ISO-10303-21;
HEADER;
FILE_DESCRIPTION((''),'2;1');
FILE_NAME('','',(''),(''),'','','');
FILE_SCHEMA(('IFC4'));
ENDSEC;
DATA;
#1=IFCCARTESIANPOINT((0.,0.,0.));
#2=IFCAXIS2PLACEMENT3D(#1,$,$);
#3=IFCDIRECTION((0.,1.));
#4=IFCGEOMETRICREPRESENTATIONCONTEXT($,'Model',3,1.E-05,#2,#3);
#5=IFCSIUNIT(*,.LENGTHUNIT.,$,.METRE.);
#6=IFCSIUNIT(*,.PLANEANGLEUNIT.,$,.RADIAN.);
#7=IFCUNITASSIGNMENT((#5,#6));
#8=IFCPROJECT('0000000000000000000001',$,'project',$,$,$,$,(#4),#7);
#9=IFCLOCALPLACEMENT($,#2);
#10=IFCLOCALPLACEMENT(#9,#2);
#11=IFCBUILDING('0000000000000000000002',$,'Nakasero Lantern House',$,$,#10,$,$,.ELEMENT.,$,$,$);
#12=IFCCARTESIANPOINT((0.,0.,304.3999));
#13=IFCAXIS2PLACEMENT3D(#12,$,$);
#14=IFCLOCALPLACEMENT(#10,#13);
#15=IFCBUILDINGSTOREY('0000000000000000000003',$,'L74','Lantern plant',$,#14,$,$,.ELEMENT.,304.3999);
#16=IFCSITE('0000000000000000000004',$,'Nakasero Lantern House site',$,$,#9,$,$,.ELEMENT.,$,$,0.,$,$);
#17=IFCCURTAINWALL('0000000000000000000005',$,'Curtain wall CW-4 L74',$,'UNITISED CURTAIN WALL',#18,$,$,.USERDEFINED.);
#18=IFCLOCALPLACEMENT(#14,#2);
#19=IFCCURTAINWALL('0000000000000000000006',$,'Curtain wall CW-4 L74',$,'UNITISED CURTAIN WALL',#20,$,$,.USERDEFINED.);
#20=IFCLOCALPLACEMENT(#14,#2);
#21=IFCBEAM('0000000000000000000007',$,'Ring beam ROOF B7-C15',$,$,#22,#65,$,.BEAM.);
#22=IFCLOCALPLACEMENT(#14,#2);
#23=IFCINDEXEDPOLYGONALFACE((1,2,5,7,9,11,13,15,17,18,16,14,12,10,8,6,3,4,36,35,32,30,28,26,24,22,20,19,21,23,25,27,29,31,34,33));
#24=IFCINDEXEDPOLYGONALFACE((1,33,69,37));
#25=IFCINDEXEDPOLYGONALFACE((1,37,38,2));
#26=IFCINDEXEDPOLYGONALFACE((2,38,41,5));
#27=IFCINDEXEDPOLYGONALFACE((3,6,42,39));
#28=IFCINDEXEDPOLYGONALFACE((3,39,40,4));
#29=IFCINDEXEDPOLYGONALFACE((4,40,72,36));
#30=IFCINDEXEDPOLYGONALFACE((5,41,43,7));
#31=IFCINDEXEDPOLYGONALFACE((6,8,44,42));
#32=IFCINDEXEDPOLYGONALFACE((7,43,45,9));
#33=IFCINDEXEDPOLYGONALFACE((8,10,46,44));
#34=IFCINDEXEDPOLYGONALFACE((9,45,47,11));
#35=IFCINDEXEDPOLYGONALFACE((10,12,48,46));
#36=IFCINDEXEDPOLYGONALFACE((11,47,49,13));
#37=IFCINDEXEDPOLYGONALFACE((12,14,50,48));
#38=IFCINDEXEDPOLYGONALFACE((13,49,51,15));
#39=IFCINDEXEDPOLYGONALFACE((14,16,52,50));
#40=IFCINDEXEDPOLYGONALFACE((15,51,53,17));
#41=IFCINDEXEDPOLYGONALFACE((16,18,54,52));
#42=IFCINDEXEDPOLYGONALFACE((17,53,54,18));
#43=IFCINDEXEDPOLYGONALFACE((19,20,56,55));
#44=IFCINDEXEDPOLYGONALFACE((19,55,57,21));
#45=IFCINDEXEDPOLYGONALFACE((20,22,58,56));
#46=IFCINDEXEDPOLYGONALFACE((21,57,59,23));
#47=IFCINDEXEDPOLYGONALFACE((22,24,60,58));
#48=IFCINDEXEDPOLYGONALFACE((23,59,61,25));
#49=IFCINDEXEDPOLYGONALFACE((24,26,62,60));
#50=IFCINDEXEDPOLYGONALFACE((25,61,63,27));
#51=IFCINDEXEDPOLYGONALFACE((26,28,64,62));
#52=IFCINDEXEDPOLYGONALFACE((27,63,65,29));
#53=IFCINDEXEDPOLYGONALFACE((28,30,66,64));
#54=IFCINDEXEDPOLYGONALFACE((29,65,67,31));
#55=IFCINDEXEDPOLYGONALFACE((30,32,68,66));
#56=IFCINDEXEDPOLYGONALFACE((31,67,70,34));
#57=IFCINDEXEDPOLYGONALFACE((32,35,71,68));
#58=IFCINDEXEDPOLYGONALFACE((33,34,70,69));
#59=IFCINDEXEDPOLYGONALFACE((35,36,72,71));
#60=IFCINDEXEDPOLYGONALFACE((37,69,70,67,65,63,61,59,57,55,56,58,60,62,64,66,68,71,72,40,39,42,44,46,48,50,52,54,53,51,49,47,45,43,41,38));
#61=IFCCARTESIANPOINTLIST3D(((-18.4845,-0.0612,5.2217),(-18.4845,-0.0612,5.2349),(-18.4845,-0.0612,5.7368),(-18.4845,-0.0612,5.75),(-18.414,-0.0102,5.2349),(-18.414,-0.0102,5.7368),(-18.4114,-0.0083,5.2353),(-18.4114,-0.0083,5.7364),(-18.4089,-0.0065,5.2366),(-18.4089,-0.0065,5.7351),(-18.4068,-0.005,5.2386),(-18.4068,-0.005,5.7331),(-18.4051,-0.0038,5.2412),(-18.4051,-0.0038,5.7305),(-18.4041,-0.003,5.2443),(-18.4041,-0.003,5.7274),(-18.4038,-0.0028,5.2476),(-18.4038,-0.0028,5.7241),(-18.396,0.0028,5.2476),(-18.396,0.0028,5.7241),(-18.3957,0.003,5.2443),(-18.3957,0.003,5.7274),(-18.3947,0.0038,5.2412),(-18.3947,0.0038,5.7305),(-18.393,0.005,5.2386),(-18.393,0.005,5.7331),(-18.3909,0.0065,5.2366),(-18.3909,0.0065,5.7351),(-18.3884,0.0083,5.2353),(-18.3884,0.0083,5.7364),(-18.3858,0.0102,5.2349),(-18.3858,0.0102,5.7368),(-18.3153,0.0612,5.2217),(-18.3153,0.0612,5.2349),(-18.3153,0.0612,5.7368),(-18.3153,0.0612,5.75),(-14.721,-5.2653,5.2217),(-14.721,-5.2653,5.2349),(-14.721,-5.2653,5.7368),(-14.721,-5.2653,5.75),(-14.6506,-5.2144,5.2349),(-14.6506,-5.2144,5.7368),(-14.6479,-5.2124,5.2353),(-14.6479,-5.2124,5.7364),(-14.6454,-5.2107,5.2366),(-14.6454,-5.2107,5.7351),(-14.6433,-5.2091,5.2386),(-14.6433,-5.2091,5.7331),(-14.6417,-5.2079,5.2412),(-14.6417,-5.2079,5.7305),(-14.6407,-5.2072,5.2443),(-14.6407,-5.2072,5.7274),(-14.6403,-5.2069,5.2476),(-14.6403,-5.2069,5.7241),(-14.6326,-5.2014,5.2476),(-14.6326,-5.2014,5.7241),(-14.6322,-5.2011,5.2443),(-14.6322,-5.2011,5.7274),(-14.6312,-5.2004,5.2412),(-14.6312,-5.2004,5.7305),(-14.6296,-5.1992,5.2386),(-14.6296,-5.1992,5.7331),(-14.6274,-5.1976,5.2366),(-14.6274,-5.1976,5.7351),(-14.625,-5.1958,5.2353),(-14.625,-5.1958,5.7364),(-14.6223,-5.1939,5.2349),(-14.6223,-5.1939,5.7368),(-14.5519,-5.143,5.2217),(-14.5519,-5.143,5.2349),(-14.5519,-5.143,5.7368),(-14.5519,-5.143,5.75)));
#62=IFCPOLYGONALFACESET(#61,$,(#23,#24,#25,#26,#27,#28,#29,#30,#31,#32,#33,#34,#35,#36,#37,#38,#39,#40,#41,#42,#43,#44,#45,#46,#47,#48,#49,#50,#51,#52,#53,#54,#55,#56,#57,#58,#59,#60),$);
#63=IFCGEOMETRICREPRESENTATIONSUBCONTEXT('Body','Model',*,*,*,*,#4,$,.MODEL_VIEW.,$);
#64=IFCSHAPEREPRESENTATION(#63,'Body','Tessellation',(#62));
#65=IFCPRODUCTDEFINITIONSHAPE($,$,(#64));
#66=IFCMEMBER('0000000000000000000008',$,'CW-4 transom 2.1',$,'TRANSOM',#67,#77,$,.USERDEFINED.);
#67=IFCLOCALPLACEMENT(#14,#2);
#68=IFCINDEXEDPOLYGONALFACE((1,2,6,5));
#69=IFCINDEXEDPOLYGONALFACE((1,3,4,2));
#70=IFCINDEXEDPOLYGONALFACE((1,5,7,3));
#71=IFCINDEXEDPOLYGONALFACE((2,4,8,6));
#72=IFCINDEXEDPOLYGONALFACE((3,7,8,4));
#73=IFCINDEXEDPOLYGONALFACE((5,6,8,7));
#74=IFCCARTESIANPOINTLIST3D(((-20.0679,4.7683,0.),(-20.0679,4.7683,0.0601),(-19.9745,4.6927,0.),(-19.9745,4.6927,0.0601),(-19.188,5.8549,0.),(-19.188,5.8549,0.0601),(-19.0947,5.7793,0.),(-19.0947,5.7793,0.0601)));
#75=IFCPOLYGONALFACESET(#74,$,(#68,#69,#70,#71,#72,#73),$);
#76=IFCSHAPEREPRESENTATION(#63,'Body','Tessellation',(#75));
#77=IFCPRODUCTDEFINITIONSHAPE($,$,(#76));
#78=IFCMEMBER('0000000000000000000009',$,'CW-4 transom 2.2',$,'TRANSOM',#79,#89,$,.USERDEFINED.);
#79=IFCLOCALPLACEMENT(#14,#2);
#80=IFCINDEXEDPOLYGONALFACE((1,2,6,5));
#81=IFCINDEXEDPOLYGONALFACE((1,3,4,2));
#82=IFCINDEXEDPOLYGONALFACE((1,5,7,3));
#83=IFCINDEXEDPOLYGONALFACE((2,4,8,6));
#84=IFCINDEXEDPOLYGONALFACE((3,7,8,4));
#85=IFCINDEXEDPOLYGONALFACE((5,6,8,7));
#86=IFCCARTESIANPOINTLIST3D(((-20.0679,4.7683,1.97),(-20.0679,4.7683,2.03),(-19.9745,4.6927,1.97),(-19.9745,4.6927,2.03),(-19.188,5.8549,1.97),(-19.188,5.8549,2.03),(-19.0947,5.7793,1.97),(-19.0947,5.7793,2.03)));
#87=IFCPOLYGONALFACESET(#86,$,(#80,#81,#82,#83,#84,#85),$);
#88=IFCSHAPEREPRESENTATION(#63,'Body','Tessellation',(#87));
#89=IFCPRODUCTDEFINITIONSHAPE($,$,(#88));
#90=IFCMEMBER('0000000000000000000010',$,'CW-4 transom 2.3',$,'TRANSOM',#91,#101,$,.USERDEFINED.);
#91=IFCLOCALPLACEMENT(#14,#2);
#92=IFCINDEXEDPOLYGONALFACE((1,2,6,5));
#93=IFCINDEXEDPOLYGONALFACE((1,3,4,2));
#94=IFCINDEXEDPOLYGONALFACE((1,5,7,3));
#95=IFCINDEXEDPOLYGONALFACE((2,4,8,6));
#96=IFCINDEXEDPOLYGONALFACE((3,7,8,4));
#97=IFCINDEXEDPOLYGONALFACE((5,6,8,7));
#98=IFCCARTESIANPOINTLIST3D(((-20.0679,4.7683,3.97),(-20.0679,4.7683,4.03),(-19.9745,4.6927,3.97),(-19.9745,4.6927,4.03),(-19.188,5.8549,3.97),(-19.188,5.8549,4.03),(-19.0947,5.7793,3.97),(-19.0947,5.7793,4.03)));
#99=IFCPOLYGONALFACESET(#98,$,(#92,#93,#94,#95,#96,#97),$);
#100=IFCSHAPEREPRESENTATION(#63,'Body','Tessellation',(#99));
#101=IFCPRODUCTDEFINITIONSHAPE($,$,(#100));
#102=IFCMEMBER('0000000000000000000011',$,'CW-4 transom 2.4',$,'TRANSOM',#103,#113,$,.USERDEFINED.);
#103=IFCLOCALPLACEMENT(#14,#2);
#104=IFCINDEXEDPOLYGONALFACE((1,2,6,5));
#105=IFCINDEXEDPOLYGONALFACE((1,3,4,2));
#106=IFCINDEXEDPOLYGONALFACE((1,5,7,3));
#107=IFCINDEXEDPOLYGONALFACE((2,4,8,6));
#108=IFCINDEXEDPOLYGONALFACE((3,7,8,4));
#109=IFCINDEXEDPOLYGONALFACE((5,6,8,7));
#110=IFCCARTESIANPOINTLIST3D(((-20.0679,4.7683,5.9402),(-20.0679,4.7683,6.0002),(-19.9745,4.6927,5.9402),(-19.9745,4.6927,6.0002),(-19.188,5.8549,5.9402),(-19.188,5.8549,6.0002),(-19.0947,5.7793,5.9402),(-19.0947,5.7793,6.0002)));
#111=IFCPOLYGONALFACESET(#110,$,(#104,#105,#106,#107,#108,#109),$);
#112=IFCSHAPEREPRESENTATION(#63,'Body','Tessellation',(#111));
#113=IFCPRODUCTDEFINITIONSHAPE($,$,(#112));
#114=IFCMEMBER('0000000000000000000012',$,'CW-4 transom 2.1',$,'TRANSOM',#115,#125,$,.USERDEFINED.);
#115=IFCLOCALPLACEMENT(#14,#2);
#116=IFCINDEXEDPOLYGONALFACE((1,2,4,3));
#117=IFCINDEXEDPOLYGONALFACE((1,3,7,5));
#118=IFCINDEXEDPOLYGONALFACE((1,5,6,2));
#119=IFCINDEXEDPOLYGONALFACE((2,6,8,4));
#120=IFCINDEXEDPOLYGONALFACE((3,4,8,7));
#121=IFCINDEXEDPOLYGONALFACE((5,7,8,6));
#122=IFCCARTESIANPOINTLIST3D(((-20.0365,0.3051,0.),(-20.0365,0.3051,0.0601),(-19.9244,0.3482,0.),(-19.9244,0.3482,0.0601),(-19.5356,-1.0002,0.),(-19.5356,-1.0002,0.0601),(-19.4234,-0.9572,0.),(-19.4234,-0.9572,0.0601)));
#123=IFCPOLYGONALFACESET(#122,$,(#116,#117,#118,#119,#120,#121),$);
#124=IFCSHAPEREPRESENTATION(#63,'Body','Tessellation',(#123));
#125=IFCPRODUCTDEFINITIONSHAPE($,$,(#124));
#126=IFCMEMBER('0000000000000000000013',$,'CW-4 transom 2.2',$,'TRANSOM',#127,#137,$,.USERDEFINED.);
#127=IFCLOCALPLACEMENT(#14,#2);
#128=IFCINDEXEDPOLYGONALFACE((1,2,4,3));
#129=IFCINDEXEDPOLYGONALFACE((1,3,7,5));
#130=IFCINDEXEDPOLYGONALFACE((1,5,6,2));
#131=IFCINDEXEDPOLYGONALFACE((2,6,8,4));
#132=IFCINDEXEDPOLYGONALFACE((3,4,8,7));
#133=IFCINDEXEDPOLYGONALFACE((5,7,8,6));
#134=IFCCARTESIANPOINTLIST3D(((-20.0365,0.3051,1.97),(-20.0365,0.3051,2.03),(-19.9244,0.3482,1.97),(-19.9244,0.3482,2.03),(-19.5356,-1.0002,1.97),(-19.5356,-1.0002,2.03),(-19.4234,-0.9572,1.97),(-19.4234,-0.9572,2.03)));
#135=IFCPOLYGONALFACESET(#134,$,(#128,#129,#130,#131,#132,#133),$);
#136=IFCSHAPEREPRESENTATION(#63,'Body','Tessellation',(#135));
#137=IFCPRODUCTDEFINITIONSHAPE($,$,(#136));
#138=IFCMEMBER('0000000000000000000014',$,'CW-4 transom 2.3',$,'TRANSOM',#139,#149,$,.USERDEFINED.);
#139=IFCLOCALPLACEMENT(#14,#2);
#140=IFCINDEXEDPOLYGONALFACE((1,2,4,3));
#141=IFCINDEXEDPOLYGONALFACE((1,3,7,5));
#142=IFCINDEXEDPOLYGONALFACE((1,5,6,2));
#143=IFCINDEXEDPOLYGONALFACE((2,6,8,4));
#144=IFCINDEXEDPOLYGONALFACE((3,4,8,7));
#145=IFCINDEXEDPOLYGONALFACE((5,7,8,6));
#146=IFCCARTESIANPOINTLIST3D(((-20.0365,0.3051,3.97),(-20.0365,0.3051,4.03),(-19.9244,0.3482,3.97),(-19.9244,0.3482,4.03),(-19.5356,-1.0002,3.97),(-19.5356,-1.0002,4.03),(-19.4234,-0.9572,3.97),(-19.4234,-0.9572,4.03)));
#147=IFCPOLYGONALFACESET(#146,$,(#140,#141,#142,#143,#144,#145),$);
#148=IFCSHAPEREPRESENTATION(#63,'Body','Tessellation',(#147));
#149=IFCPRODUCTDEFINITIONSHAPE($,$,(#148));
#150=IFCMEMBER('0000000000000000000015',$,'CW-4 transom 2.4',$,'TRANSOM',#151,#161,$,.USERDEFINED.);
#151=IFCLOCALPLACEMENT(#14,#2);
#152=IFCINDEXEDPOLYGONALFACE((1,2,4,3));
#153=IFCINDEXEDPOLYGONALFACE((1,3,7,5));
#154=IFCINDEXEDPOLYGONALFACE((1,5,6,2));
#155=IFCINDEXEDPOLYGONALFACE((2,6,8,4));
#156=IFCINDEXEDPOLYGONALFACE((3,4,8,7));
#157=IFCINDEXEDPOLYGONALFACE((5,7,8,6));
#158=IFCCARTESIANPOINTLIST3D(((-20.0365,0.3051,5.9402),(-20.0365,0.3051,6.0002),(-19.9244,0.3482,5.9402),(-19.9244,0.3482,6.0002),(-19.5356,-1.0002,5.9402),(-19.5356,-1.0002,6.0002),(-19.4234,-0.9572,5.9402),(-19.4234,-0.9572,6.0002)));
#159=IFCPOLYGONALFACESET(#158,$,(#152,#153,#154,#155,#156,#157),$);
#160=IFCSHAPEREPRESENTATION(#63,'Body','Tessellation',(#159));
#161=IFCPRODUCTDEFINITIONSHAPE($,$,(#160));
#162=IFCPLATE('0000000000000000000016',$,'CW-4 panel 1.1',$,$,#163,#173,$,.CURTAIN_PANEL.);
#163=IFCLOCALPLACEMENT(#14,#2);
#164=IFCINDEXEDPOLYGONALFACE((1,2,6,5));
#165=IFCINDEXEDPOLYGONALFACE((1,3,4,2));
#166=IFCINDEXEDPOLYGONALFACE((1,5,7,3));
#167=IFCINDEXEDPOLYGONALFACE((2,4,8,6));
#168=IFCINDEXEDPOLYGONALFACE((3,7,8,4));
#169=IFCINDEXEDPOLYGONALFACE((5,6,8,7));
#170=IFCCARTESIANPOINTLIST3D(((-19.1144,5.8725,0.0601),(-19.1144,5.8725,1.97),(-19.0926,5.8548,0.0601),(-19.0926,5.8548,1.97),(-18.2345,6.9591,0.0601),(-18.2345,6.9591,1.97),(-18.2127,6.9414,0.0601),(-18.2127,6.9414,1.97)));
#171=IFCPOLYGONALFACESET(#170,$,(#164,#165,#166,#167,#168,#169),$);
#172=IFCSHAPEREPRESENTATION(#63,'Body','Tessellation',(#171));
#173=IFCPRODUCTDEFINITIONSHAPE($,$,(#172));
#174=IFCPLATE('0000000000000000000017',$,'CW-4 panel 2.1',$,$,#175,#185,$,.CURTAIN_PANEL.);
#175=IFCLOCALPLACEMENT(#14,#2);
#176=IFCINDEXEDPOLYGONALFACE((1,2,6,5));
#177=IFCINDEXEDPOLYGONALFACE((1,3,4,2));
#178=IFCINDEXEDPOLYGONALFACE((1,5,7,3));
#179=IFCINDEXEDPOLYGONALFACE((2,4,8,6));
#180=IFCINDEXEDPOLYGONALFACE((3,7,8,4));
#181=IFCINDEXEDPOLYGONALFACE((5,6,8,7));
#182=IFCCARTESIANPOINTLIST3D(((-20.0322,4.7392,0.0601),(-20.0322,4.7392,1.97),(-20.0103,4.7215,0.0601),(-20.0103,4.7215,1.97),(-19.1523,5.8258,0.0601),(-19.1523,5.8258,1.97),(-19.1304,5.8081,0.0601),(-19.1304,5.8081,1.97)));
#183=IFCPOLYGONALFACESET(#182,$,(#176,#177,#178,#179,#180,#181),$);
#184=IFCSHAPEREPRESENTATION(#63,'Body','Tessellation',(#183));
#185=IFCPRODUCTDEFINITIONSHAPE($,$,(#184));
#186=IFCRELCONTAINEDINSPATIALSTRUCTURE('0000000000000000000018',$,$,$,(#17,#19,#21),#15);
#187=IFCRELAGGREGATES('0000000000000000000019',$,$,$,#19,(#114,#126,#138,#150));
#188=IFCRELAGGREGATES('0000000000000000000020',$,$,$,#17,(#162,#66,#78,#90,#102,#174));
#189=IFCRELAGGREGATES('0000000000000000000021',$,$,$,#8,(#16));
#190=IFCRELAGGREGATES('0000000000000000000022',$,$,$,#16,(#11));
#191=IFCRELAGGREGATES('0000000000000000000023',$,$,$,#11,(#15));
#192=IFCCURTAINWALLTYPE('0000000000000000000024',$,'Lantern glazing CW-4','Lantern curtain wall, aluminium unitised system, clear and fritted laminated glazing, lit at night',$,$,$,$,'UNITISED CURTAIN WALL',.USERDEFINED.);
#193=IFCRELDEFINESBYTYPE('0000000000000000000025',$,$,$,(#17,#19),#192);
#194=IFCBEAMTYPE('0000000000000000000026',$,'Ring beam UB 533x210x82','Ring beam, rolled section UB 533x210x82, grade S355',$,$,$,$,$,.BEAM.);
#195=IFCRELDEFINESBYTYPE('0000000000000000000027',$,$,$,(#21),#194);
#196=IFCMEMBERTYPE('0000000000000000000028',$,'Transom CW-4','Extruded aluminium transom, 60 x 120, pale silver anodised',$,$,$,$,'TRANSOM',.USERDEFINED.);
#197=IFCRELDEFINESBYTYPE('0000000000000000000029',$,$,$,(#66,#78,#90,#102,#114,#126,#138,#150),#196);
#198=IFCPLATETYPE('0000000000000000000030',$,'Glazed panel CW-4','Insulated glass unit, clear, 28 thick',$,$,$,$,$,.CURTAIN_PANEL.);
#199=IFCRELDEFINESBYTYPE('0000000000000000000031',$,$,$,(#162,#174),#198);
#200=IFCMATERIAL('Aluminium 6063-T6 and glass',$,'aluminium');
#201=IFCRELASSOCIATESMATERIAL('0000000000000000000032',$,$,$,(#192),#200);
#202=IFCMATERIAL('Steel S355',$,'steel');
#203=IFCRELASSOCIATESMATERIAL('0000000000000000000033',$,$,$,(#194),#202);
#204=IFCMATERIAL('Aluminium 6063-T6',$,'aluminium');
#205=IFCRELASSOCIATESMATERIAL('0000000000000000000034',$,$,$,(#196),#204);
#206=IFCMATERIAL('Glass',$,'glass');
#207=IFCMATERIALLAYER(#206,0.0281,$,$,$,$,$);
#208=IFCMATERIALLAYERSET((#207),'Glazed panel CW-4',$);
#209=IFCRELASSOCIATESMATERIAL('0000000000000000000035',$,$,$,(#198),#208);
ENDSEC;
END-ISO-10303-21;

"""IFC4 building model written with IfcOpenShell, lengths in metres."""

from ifc_helpers import new_model, si_unit, direction, frame, origin, origin_2d, place, context, subcontext, project, spatial, rectangle, i_section, extrude, material, layer, layer_set, material_profile, profile_set, type_object, element, aggregate, save


model = new_model("IFC4")

# Units and contexts
model_context = context("Model", 3, precision=1e-05, world=origin(), true_north=direction((0.0, 1.0)))
body_context = subcontext(model_context, "Body", "Model", "MODEL_VIEW")
ifc_project = project(units=[si_unit("LENGTHUNIT", "METRE"), si_unit("PLANEANGLEUNIT", "RADIAN")], contexts=[model_context])

# Site, building, storey
site_placement = place(None, origin())
site = spatial("IfcSite", under=ifc_project, at=site_placement, Name="Nakasero Lantern House site", CompositionType="ELEMENT", RefElevation=0.0)
building_placement = place(site_placement, origin())
building = spatial("IfcBuilding", under=site, at=building_placement, Name="Nakasero Lantern House", CompositionType="ELEMENT")
storey_placement = place(building_placement, frame((0.0, 0.0, 304.3999)))
storey = spatial("IfcBuildingStorey", under=building, at=storey_placement, Name="L74", Description="Lantern plant", CompositionType="ELEMENT", Elevation=304.3999)

# Curtain wall
ifc_material_1 = material(Name="Aluminium 6063-T6 and glass", Category="aluminium")
curtain_wall_type = type_object("IfcCurtainWallType", Name="Lantern glazing CW-4", Description="Lantern curtain wall, aluminium unitised system, clear and fritted laminated glazing, lit at night", ElementType="UNITISED CURTAIN WALL", PredefinedType="USERDEFINED", material=ifc_material_1)
curtain_wall_1_placement = place(storey_placement, origin())
curtain_wall_1 = element("IfcCurtainWall", 1, at=curtain_wall_1_placement, inside=storey, type_object=curtain_wall_type, Name="Curtain wall CW-4 L74", ObjectType="UNITISED CURTAIN WALL", PredefinedType="USERDEFINED")

# Curtain wall
curtain_wall_2_placement = place(storey_placement, origin())
curtain_wall_2 = element("IfcCurtainWall", 2, at=curtain_wall_2_placement, inside=storey, type_object=curtain_wall_type, Name="Curtain wall CW-4 L74", ObjectType="UNITISED CURTAIN WALL", PredefinedType="USERDEFINED")

# Beam
ifc_material_2 = material(Name="Steel S355", Category="steel")
ifc_material_profile_1 = material_profile(ifc_material_2, i_section(OverallWidth=0.2087, OverallDepth=0.5283, WebThickness=0.0095, FlangeThickness=0.0132, FilletRadius=0.0127, at=origin_2d()), Name="UB 533x210x82")
ifc_profile_set_1 = profile_set([ifc_material_profile_1], Name="Steel S355")
beam_type_1 = type_object("IfcBeamType", Name="Ring beam UB 533x210x82", Description="Ring beam, rolled section UB 533x210x82, grade S355", PredefinedType="BEAM", material=ifc_profile_set_1)
beam_1_placement = place(storey_placement, frame((-18.3999, 0.0, 5.4858), z_axis=(0.585993, -0.810316, 0.0), x_axis=(0.810316, 0.585993, 0.0)))
element("IfcBeam", 3, at=beam_1_placement, inside=storey, type_object=beam_type_1, Name="Ring beam ROOF B7-C15", PredefinedType="BEAM", context=body_context, shape_type="SweptSolid", body=[
    extrude(i_section(OverallWidth=0.2087, OverallDepth=0.5283, WebThickness=0.0095, FlangeThickness=0.0132, FilletRadius=0.0127, at=origin_2d()), origin(), (0.0, 0.0, 1.0), 6.4224),
])

# Members
ifc_material_3 = material(Name="Aluminium 6063-T6", Category="aluminium")
ifc_material_profile_2 = material_profile(ifc_material_3, rectangle(XDim=0.0601, YDim=0.1201, at=origin_2d()), Name="CW-4 transom 60x120")
ifc_profile_set_2 = profile_set([ifc_material_profile_2], Name="Aluminium 6063-T6")
member_type_1 = type_object("IfcMemberType", Name="Transom CW-4", Description="Extruded aluminium transom, 60 x 120, pale silver anodised", ElementType="TRANSOM", PredefinedType="USERDEFINED", material=ifc_profile_set_2)
member_1_placement = place(storey_placement, frame((-19.1414, 5.8171, 0.03), z_axis=(-0.629284, -0.777176, 0.0), x_axis=(0.0, 0.0, 1.0)))
member_1 = element("IfcMember", 4, at=member_1_placement, type_object=member_type_1, Name="CW-4 transom 2.1", ObjectType="TRANSOM", PredefinedType="USERDEFINED", context=body_context, shape_type="SweptSolid", body=[
    extrude(rectangle(XDim=0.0601, YDim=0.1201, at=origin_2d()), origin(), (0.0, 0.0, 1.0), 1.3982),
])
member_2_placement = place(storey_placement, frame((-19.1414, 5.8171, 2.0), z_axis=(-0.629284, -0.777176, 0.0), x_axis=(0.0, 0.0, 1.0)))
member_2 = element("IfcMember", 5, at=member_2_placement, type_object=member_type_1, Name="CW-4 transom 2.2", ObjectType="TRANSOM", PredefinedType="USERDEFINED", context=body_context, shape_type="SweptSolid", body=[
    extrude(rectangle(XDim=0.0601, YDim=0.1201, at=origin_2d()), origin(), (0.0, 0.0, 1.0), 1.3982),
])
member_3_placement = place(storey_placement, frame((-19.1414, 5.8171, 4.0), z_axis=(-0.629284, -0.777176, 0.0), x_axis=(0.0, 0.0, 1.0)))
member_3 = element("IfcMember", 6, at=member_3_placement, type_object=member_type_1, Name="CW-4 transom 2.3", ObjectType="TRANSOM", PredefinedType="USERDEFINED", context=body_context, shape_type="SweptSolid", body=[
    extrude(rectangle(XDim=0.0601, YDim=0.1201, at=origin_2d()), origin(), (0.0, 0.0, 1.0), 1.3982),
])
member_4_placement = place(storey_placement, frame((-19.1414, 5.8171, 5.9702), z_axis=(-0.629284, -0.777176, 0.0), x_axis=(0.0, 0.0, 1.0)))
member_4 = element("IfcMember", 7, at=member_4_placement, type_object=member_type_1, Name="CW-4 transom 2.4", ObjectType="TRANSOM", PredefinedType="USERDEFINED", context=body_context, shape_type="SweptSolid", body=[
    extrude(rectangle(XDim=0.0601, YDim=0.1201, at=origin_2d()), origin(), (0.0, 0.0, 1.0), 1.3982),
])
member_5_placement = place(storey_placement, frame((-19.9805, 0.3267, 0.03), z_axis=(0.358289, -0.933611, 0.0), x_axis=(0.0, 0.0, 1.0)))
member_5 = element("IfcMember", 8, at=member_5_placement, type_object=member_type_1, Name="CW-4 transom 2.1", ObjectType="TRANSOM", PredefinedType="USERDEFINED", context=body_context, shape_type="SweptSolid", body=[
    extrude(rectangle(XDim=0.0601, YDim=0.1201, at=origin_2d()), origin(), (0.0, 0.0, 1.0), 1.3982),
])
member_6_placement = place(storey_placement, frame((-19.9805, 0.3267, 2.0), z_axis=(0.358289, -0.933611, 0.0), x_axis=(0.0, 0.0, 1.0)))
member_6 = element("IfcMember", 9, at=member_6_placement, type_object=member_type_1, Name="CW-4 transom 2.2", ObjectType="TRANSOM", PredefinedType="USERDEFINED", context=body_context, shape_type="SweptSolid", body=[
    extrude(rectangle(XDim=0.0601, YDim=0.1201, at=origin_2d()), origin(), (0.0, 0.0, 1.0), 1.3982),
])
member_7_placement = place(storey_placement, frame((-19.9805, 0.3267, 4.0), z_axis=(0.358289, -0.933611, 0.0), x_axis=(0.0, 0.0, 1.0)))
member_7 = element("IfcMember", 10, at=member_7_placement, type_object=member_type_1, Name="CW-4 transom 2.3", ObjectType="TRANSOM", PredefinedType="USERDEFINED", context=body_context, shape_type="SweptSolid", body=[
    extrude(rectangle(XDim=0.0601, YDim=0.1201, at=origin_2d()), origin(), (0.0, 0.0, 1.0), 1.3982),
])
member_8_placement = place(storey_placement, frame((-19.9805, 0.3267, 5.9702), z_axis=(0.358289, -0.933611, 0.0), x_axis=(0.0, 0.0, 1.0)))
member_8 = element("IfcMember", 11, at=member_8_placement, type_object=member_type_1, Name="CW-4 transom 2.4", ObjectType="TRANSOM", PredefinedType="USERDEFINED", context=body_context, shape_type="SweptSolid", body=[
    extrude(rectangle(XDim=0.0601, YDim=0.1201, at=origin_2d()), origin(), (0.0, 0.0, 1.0), 1.3982),
])
aggregate(curtain_wall_2, [member_5, member_6, member_7, member_8])

# Plates
ifc_material_4 = material(Name="Glass", Category="glass")
ifc_layer_1 = layer(ifc_material_4, 0.0281)
ifc_layer_set_1 = layer_set([ifc_layer_1], Name="Glazed panel CW-4")
plate_type = type_object("IfcPlateType", Name="Glazed panel CW-4", Description="Insulated glass unit, clear, 28 thick", PredefinedType="CURTAIN_PANEL", material=ifc_layer_set_1)
plate_1_placement = place(storey_placement, frame((-18.6636, 6.407, 0.0601), z_axis=(0.0, 0.0, 1.0), x_axis=(-0.62932, -0.777146, 0.0)))
plate_1 = element("IfcPlate", 12, at=plate_1_placement, type_object=plate_type, Name="CW-4 panel 1.1", PredefinedType="CURTAIN_PANEL", context=body_context, shape_type="SweptSolid", body=[
    extrude(rectangle(XDim=1.3982, YDim=0.0281, at=origin_2d()), origin(), (0.0, 0.0, 1.0), 1.9099),
])
plate_2_placement = place(storey_placement, frame((-19.5813, 5.2737, 0.0601), z_axis=(0.0, 0.0, 1.0), x_axis=(-0.62932, -0.777146, 0.0)))
plate_2 = element("IfcPlate", 13, at=plate_2_placement, type_object=plate_type, Name="CW-4 panel 2.1", PredefinedType="CURTAIN_PANEL", context=body_context, shape_type="SweptSolid", body=[
    extrude(rectangle(XDim=1.3982, YDim=0.0281, at=origin_2d()), origin(), (0.0, 0.0, 1.0), 1.9099),
])
aggregate(curtain_wall_1, [plate_1, member_1, member_2, member_3, member_4, plate_2])

save(model, "model.ifc")
